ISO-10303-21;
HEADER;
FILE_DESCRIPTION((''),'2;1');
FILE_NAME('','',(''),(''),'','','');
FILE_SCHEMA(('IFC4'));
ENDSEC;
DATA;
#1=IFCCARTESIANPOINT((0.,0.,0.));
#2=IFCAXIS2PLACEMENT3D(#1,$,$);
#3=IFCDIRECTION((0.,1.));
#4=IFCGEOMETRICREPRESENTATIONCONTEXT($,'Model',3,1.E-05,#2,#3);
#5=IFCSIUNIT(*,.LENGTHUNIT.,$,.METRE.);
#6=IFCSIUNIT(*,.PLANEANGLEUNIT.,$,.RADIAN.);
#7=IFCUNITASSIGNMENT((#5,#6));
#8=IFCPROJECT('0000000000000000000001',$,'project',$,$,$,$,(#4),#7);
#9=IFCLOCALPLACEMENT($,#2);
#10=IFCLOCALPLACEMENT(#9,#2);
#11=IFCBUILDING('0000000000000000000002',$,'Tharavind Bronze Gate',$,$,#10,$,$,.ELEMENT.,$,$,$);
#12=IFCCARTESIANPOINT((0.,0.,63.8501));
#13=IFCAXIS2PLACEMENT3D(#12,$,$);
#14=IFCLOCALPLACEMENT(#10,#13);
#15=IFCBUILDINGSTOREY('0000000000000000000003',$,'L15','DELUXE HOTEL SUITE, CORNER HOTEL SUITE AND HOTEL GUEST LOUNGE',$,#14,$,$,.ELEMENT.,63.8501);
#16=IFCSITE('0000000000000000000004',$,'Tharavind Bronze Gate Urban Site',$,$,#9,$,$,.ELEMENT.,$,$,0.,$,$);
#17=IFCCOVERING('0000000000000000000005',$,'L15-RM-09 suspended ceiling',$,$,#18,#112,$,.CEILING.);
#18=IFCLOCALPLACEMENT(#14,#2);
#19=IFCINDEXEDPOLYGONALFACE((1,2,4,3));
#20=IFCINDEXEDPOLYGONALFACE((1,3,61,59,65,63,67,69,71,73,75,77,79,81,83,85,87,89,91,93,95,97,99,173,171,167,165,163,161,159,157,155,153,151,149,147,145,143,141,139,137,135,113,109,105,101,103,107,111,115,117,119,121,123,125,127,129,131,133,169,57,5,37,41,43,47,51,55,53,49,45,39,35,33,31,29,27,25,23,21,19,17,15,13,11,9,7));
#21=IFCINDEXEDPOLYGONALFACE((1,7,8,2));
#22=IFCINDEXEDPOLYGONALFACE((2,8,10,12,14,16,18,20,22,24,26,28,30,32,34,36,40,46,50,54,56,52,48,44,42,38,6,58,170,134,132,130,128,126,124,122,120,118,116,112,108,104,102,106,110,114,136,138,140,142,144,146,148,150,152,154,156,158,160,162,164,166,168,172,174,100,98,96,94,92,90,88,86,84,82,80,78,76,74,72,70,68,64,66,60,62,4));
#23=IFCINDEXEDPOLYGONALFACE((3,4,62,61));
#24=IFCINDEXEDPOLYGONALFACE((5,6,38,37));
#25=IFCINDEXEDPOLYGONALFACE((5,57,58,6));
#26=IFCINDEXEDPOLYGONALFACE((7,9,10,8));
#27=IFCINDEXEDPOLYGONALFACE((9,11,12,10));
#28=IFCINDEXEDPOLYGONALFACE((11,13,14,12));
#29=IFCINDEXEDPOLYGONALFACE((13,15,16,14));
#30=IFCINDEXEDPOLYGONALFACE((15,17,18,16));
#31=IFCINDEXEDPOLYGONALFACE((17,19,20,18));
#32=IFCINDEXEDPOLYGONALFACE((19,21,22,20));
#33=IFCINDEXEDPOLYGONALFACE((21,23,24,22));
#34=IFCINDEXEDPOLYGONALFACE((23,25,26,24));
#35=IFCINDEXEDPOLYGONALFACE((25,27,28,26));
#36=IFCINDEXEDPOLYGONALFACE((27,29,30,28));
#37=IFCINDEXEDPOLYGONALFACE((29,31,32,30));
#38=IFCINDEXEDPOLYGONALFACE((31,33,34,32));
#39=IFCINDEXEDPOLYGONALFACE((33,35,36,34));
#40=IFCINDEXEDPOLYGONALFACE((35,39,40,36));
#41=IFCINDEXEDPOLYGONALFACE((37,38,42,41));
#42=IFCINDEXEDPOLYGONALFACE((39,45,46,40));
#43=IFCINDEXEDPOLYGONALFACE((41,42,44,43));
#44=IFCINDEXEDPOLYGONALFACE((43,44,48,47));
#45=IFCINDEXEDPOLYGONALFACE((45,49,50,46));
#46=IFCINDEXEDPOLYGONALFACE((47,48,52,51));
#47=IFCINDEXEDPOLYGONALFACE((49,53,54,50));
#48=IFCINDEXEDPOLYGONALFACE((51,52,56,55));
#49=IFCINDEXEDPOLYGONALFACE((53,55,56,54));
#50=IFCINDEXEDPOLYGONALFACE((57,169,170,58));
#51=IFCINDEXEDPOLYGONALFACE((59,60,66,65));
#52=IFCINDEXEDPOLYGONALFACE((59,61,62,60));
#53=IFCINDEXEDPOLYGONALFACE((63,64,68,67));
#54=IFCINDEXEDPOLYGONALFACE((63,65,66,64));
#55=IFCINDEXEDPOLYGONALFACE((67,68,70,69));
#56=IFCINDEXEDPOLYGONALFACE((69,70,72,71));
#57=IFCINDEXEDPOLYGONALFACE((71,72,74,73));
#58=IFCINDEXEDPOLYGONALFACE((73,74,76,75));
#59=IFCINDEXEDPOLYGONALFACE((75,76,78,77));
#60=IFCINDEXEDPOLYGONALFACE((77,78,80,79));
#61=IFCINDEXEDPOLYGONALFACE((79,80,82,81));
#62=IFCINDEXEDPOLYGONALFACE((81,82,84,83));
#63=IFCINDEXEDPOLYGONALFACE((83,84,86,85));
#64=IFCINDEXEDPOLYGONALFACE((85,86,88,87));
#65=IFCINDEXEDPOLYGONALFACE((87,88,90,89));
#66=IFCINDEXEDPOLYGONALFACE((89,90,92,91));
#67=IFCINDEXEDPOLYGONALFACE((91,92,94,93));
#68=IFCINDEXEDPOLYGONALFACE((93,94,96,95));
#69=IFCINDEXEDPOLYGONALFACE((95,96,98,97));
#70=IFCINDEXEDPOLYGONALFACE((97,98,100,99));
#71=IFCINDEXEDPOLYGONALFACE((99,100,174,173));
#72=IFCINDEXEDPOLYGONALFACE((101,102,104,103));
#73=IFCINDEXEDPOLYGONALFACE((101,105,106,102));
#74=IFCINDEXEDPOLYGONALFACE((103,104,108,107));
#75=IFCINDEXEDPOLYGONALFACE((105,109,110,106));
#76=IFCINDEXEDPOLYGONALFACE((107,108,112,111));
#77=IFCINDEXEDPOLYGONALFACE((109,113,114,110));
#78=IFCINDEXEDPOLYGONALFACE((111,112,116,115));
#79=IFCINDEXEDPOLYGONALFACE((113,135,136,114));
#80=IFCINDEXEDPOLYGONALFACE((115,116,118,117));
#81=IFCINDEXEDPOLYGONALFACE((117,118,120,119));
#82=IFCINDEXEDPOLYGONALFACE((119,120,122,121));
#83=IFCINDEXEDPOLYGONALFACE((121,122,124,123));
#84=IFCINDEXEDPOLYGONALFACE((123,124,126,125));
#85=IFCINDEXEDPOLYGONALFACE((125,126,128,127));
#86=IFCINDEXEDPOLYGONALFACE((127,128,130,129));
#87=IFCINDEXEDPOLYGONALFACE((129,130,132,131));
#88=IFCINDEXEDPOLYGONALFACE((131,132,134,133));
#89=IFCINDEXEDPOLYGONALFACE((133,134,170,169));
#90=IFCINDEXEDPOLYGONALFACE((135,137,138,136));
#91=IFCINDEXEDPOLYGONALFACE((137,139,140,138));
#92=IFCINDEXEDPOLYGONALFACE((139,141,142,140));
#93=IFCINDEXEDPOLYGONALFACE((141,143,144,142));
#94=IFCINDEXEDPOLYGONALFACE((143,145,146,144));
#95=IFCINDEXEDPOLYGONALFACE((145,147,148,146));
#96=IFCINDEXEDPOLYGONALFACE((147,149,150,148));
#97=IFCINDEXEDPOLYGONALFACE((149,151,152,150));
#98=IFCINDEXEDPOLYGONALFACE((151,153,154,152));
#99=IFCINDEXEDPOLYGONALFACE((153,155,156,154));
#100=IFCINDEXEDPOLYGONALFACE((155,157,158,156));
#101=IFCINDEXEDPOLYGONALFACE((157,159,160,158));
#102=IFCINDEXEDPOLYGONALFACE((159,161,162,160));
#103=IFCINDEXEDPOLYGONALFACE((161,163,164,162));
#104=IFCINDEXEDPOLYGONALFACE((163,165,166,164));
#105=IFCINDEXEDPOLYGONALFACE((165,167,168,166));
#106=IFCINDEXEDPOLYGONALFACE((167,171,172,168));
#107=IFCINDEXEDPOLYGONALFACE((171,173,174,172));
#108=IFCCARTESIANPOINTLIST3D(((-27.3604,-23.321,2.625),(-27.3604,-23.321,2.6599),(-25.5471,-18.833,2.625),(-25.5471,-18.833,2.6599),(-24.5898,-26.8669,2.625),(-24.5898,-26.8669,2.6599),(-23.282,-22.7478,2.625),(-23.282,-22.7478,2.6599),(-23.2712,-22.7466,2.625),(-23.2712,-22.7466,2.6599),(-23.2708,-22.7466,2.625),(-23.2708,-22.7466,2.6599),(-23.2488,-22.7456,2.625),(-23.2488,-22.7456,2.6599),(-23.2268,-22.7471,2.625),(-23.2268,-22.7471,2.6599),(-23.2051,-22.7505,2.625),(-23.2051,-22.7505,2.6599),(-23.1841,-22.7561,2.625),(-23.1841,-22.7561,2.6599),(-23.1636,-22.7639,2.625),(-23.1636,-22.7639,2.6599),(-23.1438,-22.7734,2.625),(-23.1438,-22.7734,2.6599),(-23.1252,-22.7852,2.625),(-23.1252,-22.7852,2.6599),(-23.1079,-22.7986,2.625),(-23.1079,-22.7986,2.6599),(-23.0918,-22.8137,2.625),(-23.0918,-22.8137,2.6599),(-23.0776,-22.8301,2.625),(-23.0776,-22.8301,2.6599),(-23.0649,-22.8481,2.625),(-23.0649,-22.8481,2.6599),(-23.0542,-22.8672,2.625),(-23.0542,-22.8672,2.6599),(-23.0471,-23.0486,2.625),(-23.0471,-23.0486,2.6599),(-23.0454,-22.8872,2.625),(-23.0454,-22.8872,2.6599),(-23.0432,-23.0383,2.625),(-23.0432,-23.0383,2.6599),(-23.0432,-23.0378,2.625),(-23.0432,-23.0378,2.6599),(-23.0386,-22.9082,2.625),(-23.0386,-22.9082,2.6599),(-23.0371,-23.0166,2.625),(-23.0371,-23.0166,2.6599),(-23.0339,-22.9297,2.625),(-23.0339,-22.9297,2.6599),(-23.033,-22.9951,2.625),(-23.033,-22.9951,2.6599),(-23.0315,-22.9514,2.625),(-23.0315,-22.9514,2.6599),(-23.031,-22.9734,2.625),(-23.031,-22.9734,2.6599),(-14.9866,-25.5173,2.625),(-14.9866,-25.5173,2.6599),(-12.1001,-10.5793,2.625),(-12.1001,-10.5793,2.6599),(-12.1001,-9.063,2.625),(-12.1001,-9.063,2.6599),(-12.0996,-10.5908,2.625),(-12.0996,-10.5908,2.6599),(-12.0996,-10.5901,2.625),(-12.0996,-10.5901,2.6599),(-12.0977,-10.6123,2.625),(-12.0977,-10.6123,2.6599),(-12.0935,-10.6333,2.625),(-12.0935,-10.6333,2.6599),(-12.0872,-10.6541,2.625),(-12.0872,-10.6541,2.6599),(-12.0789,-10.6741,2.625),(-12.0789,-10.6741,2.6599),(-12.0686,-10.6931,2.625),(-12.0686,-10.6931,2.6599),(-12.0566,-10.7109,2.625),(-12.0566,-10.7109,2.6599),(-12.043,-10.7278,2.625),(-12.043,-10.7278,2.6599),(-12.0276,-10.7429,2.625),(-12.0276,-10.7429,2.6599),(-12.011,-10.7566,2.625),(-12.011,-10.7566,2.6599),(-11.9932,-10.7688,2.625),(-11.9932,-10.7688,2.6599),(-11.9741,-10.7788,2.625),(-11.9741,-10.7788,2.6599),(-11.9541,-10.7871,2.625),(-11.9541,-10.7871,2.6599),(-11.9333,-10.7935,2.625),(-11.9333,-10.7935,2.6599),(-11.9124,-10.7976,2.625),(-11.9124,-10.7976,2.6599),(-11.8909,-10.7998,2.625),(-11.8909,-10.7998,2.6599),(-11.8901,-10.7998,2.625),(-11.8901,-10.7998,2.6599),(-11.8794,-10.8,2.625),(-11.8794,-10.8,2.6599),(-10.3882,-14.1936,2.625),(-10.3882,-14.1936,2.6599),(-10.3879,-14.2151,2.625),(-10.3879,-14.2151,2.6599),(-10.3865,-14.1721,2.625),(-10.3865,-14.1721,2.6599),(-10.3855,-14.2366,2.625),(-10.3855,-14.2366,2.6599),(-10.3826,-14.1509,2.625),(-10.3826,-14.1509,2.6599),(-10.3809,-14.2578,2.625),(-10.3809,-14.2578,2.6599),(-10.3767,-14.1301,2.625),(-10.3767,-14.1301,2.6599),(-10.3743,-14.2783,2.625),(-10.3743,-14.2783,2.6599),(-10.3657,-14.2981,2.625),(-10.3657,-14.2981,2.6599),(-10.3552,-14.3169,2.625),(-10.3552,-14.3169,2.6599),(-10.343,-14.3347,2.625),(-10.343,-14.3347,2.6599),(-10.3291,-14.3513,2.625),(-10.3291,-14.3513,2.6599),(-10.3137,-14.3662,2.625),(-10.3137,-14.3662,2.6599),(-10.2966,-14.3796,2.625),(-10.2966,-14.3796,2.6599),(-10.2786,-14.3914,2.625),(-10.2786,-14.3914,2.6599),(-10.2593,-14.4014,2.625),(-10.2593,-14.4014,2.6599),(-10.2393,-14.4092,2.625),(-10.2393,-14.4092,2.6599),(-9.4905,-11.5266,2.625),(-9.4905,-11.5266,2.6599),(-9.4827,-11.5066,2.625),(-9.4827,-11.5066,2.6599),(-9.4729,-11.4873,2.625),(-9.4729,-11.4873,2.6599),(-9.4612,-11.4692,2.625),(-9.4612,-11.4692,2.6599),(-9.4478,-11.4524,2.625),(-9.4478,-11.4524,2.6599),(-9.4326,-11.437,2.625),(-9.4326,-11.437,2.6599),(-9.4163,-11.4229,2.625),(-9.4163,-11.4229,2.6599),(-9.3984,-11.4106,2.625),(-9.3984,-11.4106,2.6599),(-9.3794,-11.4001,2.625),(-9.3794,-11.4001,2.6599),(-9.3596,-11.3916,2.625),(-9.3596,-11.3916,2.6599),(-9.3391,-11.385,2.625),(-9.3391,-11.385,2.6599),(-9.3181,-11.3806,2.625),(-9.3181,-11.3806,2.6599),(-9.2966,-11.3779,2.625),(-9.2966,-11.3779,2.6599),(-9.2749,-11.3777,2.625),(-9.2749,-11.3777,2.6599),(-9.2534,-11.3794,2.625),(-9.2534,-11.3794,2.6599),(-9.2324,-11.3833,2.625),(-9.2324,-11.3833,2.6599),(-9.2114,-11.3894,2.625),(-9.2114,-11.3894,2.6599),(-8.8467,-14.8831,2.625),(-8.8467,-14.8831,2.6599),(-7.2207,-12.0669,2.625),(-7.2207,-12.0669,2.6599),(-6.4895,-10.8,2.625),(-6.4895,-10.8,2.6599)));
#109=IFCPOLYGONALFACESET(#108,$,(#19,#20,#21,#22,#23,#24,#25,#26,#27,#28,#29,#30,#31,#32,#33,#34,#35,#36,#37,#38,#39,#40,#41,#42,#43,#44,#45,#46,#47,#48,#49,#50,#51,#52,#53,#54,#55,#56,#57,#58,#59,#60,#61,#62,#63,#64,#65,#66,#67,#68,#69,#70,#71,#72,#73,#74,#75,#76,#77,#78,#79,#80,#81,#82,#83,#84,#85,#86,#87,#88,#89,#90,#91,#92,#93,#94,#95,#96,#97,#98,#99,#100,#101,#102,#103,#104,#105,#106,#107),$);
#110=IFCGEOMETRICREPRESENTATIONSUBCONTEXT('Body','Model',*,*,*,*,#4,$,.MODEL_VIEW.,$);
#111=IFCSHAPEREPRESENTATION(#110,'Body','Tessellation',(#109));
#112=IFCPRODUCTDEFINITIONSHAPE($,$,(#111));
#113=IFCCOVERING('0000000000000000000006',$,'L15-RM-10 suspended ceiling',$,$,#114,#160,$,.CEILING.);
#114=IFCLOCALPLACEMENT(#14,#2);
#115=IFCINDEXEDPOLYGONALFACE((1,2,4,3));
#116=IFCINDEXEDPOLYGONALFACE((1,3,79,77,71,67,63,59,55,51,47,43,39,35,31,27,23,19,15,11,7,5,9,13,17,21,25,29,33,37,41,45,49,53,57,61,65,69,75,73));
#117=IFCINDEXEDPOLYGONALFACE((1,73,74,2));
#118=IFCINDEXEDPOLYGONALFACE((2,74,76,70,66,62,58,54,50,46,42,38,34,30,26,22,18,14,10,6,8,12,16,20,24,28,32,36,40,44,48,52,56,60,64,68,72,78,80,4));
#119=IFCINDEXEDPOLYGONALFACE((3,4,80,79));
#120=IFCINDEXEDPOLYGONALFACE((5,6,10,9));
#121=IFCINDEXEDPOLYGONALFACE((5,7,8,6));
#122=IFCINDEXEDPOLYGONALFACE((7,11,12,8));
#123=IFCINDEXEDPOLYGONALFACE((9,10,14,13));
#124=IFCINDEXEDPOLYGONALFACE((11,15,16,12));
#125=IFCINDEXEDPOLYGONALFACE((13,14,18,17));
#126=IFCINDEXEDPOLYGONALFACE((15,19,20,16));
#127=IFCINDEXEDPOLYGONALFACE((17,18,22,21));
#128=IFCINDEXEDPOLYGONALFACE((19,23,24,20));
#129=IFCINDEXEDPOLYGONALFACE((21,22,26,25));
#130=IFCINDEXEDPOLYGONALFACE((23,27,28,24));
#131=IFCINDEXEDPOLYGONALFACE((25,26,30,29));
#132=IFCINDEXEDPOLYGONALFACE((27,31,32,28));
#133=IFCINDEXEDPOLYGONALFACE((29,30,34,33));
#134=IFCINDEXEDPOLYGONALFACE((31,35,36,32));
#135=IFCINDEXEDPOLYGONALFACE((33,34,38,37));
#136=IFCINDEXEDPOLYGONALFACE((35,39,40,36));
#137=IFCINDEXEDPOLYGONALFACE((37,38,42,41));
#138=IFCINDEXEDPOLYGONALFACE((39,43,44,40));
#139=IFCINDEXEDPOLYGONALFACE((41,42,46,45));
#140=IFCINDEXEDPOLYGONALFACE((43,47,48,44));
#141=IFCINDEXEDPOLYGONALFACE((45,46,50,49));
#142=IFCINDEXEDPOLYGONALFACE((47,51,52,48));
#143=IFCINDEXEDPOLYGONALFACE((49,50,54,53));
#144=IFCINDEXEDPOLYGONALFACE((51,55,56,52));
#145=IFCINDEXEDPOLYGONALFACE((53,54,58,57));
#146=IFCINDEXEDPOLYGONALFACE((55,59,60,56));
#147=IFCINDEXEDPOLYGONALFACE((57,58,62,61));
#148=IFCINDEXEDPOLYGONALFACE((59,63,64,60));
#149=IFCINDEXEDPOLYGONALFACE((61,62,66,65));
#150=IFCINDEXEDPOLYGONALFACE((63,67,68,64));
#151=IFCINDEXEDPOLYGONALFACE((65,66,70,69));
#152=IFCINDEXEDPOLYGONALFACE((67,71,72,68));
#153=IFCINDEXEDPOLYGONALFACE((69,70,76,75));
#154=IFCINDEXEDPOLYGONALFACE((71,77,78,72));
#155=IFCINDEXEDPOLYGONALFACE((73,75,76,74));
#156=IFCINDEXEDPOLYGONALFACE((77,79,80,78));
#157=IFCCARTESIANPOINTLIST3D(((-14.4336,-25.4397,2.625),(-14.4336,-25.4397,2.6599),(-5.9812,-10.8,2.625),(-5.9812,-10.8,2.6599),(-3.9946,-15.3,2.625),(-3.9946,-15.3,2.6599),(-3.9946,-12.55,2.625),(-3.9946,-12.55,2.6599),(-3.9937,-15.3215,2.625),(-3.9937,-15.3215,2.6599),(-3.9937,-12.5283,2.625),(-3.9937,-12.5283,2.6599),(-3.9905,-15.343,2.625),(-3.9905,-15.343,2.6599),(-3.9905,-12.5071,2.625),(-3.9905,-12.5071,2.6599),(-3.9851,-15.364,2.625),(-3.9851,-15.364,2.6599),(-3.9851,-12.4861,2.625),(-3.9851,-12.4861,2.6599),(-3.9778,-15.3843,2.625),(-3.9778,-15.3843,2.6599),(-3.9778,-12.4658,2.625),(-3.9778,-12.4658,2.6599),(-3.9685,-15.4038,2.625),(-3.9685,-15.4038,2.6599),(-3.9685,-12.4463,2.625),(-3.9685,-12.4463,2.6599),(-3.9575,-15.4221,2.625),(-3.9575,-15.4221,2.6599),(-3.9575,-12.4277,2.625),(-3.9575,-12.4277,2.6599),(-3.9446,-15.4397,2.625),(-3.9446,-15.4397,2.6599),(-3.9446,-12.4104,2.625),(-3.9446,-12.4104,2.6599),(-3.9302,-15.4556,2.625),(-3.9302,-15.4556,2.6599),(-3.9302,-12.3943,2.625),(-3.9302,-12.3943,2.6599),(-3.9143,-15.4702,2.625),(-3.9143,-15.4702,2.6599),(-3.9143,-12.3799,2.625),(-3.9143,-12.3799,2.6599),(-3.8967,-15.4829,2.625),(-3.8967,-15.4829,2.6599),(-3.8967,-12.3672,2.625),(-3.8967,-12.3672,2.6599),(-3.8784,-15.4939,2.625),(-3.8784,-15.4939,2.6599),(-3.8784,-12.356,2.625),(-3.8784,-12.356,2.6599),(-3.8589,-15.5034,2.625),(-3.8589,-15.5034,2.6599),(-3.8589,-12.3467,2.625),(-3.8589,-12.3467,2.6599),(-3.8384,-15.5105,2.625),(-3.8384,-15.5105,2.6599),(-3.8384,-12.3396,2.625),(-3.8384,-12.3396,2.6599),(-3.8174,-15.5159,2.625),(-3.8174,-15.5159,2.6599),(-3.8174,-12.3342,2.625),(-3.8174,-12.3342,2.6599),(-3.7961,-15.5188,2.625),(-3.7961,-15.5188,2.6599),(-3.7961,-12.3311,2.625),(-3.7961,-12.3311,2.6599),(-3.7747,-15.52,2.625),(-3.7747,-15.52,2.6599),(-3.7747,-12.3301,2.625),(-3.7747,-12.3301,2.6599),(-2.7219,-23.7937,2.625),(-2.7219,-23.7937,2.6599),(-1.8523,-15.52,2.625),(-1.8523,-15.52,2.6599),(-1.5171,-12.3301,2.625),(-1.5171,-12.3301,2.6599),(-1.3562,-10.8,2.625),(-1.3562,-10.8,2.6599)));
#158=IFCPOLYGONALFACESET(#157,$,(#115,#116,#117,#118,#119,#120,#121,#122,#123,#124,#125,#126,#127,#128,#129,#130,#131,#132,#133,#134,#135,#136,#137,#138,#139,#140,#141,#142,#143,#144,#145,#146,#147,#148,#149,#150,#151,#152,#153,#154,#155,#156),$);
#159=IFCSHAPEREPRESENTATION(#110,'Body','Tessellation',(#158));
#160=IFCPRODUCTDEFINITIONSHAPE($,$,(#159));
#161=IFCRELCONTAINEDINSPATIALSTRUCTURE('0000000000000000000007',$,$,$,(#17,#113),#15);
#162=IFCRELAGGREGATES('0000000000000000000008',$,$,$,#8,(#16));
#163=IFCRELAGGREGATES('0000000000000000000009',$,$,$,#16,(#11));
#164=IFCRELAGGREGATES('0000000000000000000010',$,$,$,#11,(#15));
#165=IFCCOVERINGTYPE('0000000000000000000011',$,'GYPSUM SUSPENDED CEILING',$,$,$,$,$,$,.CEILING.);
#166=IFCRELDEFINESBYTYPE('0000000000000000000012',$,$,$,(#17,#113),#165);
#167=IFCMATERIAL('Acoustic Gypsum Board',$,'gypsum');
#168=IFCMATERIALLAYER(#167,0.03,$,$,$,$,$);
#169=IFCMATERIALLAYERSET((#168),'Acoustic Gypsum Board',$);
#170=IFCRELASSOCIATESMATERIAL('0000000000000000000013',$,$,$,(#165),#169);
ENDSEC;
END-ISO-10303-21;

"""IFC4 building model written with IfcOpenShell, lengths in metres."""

from ifc_helpers import new_model, si_unit, direction, frame, origin, place, context, subcontext, project, spatial, polyline, outline, extrude, material, layer, layer_set, type_object, element, save


model = new_model("IFC4")

# Units and contexts
model_context = context("Model", 3, precision=1e-05, world=origin(), true_north=direction((0.0, 1.0)))
body_context = subcontext(model_context, "Body", "Model", "MODEL_VIEW")
ifc_project = project(units=[si_unit("LENGTHUNIT", "METRE"), si_unit("PLANEANGLEUNIT", "RADIAN")], contexts=[model_context])

# Site, building, storey
site_placement = place(None, origin())
site = spatial("IfcSite", under=ifc_project, at=site_placement, Name="Tharavind Bronze Gate Urban Site", CompositionType="ELEMENT", RefElevation=0.0)
building_placement = place(site_placement, origin())
building = spatial("IfcBuilding", under=site, at=building_placement, Name="Tharavind Bronze Gate", CompositionType="ELEMENT")
storey_placement = place(building_placement, frame((0.0, 0.0, 63.8501)))
storey = spatial("IfcBuildingStorey", under=building, at=storey_placement, Name="L15", Description="DELUXE HOTEL SUITE, CORNER HOTEL SUITE AND HOTEL GUEST LOUNGE", CompositionType="ELEMENT", Elevation=63.8501)

# Coverings
ifc_material_1 = material(Name="Acoustic Gypsum Board", Category="gypsum")
ifc_layer_1 = layer(ifc_material_1, 0.03)
ifc_layer_set_1 = layer_set([ifc_layer_1], Name="Acoustic Gypsum Board")
covering_type_1 = type_object("IfcCoveringType", Name="GYPSUM SUSPENDED CEILING", PredefinedType="CEILING", material=ifc_layer_set_1)
covering_1_placement = place(storey_placement, frame((0.0, 0.0, 2.625)))
element("IfcCovering", 1, at=covering_1_placement, inside=storey, type_object=covering_type_1, Name="L15-RM-09 suspended ceiling", PredefinedType="CEILING", context=body_context, shape_type="SweptSolid", body=[
    extrude(outline(polyline([(-23.282, -22.7478), (-23.2712, -22.7466), (-23.2708, -22.7466), (-23.2488, -22.7456), (-23.2268, -22.7471), (-23.2051, -22.7505), (-23.1841, -22.7561), (-23.1636, -22.7639), (-23.1438, -22.7734), (-23.1252, -22.7852), (-23.1079, -22.7986), (-23.0918, -22.8137), (-23.0776, -22.8301), (-23.0649, -22.8481), (-23.0542, -22.8672), (-23.0454, -22.8872), (-23.0386, -22.9082), (-23.0339, -22.9297), (-23.0315, -22.9514), (-23.031, -22.9734), (-23.033, -22.9951), (-23.0371, -23.0166), (-23.0432, -23.0378), (-23.0432, -23.0383), (-23.0471, -23.0486), (-24.5898, -26.8669), (-14.9866, -25.5173), (-8.8467, -14.8831), (-10.2393, -14.4092), (-10.2593, -14.4014), (-10.2786, -14.3914), (-10.2966, -14.3796), (-10.3137, -14.3662), (-10.3291, -14.3513), (-10.343, -14.3347), (-10.3552, -14.3169), (-10.3657, -14.2981), (-10.3743, -14.2783), (-10.3809, -14.2578), (-10.3855, -14.2366), (-10.3879, -14.2151), (-10.3882, -14.1936), (-10.3865, -14.1721), (-10.3826, -14.1509), (-10.3767, -14.1301), (-9.4905, -11.5266), (-9.4827, -11.5066), (-9.4729, -11.4873), (-9.4612, -11.4692), (-9.4478, -11.4524), (-9.4326, -11.437), (-9.4163, -11.4229), (-9.3984, -11.4106), (-9.3794, -11.4001), (-9.3596, -11.3916), (-9.3391, -11.385), (-9.3181, -11.3806), (-9.2966, -11.3779), (-9.2749, -11.3777), (-9.2534, -11.3794), (-9.2324, -11.3833), (-9.2114, -11.3894), (-7.2207, -12.0669), (-6.4895, -10.8), (-11.8794, -10.8), (-11.8901, -10.7998), (-11.8909, -10.7998), (-11.9124, -10.7976), (-11.9333, -10.7935), (-11.9541, -10.7871), (-11.9741, -10.7788), (-11.9932, -10.7688), (-12.011, -10.7566), (-12.0276, -10.7429), (-12.043, -10.7278), (-12.0566, -10.7109), (-12.0686, -10.6931), (-12.0789, -10.6741), (-12.0872, -10.6541), (-12.0935, -10.6333), (-12.0977, -10.6123), (-12.0996, -10.5908), (-12.0996, -10.5901), (-12.1001, -10.5793), (-12.1001, -9.063), (-25.5471, -18.833), (-27.3604, -23.321), (-23.282, -22.7478)])), origin(), (0.0, 0.0, 1.0), 0.0349),
])
covering_2_placement = place(storey_placement, frame((0.0, 0.0, 2.625)))
element("IfcCovering", 2, at=covering_2_placement, inside=storey, type_object=covering_type_1, Name="L15-RM-10 suspended ceiling", PredefinedType="CEILING", context=body_context, shape_type="SweptSolid", body=[
    extrude(outline(polyline([(-2.7219, -23.7937), (-1.8523, -15.52), (-3.7747, -15.52), (-3.7961, -15.5188), (-3.8174, -15.5159), (-3.8384, -15.5105), (-3.8589, -15.5034), (-3.8784, -15.4939), (-3.8967, -15.4829), (-3.9143, -15.4702), (-3.9302, -15.4556), (-3.9446, -15.4397), (-3.9575, -15.4221), (-3.9685, -15.4038), (-3.9778, -15.3843), (-3.9851, -15.364), (-3.9905, -15.343), (-3.9937, -15.3215), (-3.9946, -15.3), (-3.9946, -12.55), (-3.9937, -12.5283), (-3.9905, -12.5071), (-3.9851, -12.4861), (-3.9778, -12.4658), (-3.9685, -12.4463), (-3.9575, -12.4277), (-3.9446, -12.4104), (-3.9302, -12.3943), (-3.9143, -12.3799), (-3.8967, -12.3672), (-3.8784, -12.356), (-3.8589, -12.3467), (-3.8384, -12.3396), (-3.8174, -12.3342), (-3.7961, -12.3311), (-3.7747, -12.3301), (-1.5171, -12.3301), (-1.3562, -10.8), (-5.9812, -10.8), (-14.4336, -25.4397), (-2.7219, -23.7937)])), origin(), (0.0, 0.0, 1.0), 0.0349),
])

save(model, "model.ifc")
